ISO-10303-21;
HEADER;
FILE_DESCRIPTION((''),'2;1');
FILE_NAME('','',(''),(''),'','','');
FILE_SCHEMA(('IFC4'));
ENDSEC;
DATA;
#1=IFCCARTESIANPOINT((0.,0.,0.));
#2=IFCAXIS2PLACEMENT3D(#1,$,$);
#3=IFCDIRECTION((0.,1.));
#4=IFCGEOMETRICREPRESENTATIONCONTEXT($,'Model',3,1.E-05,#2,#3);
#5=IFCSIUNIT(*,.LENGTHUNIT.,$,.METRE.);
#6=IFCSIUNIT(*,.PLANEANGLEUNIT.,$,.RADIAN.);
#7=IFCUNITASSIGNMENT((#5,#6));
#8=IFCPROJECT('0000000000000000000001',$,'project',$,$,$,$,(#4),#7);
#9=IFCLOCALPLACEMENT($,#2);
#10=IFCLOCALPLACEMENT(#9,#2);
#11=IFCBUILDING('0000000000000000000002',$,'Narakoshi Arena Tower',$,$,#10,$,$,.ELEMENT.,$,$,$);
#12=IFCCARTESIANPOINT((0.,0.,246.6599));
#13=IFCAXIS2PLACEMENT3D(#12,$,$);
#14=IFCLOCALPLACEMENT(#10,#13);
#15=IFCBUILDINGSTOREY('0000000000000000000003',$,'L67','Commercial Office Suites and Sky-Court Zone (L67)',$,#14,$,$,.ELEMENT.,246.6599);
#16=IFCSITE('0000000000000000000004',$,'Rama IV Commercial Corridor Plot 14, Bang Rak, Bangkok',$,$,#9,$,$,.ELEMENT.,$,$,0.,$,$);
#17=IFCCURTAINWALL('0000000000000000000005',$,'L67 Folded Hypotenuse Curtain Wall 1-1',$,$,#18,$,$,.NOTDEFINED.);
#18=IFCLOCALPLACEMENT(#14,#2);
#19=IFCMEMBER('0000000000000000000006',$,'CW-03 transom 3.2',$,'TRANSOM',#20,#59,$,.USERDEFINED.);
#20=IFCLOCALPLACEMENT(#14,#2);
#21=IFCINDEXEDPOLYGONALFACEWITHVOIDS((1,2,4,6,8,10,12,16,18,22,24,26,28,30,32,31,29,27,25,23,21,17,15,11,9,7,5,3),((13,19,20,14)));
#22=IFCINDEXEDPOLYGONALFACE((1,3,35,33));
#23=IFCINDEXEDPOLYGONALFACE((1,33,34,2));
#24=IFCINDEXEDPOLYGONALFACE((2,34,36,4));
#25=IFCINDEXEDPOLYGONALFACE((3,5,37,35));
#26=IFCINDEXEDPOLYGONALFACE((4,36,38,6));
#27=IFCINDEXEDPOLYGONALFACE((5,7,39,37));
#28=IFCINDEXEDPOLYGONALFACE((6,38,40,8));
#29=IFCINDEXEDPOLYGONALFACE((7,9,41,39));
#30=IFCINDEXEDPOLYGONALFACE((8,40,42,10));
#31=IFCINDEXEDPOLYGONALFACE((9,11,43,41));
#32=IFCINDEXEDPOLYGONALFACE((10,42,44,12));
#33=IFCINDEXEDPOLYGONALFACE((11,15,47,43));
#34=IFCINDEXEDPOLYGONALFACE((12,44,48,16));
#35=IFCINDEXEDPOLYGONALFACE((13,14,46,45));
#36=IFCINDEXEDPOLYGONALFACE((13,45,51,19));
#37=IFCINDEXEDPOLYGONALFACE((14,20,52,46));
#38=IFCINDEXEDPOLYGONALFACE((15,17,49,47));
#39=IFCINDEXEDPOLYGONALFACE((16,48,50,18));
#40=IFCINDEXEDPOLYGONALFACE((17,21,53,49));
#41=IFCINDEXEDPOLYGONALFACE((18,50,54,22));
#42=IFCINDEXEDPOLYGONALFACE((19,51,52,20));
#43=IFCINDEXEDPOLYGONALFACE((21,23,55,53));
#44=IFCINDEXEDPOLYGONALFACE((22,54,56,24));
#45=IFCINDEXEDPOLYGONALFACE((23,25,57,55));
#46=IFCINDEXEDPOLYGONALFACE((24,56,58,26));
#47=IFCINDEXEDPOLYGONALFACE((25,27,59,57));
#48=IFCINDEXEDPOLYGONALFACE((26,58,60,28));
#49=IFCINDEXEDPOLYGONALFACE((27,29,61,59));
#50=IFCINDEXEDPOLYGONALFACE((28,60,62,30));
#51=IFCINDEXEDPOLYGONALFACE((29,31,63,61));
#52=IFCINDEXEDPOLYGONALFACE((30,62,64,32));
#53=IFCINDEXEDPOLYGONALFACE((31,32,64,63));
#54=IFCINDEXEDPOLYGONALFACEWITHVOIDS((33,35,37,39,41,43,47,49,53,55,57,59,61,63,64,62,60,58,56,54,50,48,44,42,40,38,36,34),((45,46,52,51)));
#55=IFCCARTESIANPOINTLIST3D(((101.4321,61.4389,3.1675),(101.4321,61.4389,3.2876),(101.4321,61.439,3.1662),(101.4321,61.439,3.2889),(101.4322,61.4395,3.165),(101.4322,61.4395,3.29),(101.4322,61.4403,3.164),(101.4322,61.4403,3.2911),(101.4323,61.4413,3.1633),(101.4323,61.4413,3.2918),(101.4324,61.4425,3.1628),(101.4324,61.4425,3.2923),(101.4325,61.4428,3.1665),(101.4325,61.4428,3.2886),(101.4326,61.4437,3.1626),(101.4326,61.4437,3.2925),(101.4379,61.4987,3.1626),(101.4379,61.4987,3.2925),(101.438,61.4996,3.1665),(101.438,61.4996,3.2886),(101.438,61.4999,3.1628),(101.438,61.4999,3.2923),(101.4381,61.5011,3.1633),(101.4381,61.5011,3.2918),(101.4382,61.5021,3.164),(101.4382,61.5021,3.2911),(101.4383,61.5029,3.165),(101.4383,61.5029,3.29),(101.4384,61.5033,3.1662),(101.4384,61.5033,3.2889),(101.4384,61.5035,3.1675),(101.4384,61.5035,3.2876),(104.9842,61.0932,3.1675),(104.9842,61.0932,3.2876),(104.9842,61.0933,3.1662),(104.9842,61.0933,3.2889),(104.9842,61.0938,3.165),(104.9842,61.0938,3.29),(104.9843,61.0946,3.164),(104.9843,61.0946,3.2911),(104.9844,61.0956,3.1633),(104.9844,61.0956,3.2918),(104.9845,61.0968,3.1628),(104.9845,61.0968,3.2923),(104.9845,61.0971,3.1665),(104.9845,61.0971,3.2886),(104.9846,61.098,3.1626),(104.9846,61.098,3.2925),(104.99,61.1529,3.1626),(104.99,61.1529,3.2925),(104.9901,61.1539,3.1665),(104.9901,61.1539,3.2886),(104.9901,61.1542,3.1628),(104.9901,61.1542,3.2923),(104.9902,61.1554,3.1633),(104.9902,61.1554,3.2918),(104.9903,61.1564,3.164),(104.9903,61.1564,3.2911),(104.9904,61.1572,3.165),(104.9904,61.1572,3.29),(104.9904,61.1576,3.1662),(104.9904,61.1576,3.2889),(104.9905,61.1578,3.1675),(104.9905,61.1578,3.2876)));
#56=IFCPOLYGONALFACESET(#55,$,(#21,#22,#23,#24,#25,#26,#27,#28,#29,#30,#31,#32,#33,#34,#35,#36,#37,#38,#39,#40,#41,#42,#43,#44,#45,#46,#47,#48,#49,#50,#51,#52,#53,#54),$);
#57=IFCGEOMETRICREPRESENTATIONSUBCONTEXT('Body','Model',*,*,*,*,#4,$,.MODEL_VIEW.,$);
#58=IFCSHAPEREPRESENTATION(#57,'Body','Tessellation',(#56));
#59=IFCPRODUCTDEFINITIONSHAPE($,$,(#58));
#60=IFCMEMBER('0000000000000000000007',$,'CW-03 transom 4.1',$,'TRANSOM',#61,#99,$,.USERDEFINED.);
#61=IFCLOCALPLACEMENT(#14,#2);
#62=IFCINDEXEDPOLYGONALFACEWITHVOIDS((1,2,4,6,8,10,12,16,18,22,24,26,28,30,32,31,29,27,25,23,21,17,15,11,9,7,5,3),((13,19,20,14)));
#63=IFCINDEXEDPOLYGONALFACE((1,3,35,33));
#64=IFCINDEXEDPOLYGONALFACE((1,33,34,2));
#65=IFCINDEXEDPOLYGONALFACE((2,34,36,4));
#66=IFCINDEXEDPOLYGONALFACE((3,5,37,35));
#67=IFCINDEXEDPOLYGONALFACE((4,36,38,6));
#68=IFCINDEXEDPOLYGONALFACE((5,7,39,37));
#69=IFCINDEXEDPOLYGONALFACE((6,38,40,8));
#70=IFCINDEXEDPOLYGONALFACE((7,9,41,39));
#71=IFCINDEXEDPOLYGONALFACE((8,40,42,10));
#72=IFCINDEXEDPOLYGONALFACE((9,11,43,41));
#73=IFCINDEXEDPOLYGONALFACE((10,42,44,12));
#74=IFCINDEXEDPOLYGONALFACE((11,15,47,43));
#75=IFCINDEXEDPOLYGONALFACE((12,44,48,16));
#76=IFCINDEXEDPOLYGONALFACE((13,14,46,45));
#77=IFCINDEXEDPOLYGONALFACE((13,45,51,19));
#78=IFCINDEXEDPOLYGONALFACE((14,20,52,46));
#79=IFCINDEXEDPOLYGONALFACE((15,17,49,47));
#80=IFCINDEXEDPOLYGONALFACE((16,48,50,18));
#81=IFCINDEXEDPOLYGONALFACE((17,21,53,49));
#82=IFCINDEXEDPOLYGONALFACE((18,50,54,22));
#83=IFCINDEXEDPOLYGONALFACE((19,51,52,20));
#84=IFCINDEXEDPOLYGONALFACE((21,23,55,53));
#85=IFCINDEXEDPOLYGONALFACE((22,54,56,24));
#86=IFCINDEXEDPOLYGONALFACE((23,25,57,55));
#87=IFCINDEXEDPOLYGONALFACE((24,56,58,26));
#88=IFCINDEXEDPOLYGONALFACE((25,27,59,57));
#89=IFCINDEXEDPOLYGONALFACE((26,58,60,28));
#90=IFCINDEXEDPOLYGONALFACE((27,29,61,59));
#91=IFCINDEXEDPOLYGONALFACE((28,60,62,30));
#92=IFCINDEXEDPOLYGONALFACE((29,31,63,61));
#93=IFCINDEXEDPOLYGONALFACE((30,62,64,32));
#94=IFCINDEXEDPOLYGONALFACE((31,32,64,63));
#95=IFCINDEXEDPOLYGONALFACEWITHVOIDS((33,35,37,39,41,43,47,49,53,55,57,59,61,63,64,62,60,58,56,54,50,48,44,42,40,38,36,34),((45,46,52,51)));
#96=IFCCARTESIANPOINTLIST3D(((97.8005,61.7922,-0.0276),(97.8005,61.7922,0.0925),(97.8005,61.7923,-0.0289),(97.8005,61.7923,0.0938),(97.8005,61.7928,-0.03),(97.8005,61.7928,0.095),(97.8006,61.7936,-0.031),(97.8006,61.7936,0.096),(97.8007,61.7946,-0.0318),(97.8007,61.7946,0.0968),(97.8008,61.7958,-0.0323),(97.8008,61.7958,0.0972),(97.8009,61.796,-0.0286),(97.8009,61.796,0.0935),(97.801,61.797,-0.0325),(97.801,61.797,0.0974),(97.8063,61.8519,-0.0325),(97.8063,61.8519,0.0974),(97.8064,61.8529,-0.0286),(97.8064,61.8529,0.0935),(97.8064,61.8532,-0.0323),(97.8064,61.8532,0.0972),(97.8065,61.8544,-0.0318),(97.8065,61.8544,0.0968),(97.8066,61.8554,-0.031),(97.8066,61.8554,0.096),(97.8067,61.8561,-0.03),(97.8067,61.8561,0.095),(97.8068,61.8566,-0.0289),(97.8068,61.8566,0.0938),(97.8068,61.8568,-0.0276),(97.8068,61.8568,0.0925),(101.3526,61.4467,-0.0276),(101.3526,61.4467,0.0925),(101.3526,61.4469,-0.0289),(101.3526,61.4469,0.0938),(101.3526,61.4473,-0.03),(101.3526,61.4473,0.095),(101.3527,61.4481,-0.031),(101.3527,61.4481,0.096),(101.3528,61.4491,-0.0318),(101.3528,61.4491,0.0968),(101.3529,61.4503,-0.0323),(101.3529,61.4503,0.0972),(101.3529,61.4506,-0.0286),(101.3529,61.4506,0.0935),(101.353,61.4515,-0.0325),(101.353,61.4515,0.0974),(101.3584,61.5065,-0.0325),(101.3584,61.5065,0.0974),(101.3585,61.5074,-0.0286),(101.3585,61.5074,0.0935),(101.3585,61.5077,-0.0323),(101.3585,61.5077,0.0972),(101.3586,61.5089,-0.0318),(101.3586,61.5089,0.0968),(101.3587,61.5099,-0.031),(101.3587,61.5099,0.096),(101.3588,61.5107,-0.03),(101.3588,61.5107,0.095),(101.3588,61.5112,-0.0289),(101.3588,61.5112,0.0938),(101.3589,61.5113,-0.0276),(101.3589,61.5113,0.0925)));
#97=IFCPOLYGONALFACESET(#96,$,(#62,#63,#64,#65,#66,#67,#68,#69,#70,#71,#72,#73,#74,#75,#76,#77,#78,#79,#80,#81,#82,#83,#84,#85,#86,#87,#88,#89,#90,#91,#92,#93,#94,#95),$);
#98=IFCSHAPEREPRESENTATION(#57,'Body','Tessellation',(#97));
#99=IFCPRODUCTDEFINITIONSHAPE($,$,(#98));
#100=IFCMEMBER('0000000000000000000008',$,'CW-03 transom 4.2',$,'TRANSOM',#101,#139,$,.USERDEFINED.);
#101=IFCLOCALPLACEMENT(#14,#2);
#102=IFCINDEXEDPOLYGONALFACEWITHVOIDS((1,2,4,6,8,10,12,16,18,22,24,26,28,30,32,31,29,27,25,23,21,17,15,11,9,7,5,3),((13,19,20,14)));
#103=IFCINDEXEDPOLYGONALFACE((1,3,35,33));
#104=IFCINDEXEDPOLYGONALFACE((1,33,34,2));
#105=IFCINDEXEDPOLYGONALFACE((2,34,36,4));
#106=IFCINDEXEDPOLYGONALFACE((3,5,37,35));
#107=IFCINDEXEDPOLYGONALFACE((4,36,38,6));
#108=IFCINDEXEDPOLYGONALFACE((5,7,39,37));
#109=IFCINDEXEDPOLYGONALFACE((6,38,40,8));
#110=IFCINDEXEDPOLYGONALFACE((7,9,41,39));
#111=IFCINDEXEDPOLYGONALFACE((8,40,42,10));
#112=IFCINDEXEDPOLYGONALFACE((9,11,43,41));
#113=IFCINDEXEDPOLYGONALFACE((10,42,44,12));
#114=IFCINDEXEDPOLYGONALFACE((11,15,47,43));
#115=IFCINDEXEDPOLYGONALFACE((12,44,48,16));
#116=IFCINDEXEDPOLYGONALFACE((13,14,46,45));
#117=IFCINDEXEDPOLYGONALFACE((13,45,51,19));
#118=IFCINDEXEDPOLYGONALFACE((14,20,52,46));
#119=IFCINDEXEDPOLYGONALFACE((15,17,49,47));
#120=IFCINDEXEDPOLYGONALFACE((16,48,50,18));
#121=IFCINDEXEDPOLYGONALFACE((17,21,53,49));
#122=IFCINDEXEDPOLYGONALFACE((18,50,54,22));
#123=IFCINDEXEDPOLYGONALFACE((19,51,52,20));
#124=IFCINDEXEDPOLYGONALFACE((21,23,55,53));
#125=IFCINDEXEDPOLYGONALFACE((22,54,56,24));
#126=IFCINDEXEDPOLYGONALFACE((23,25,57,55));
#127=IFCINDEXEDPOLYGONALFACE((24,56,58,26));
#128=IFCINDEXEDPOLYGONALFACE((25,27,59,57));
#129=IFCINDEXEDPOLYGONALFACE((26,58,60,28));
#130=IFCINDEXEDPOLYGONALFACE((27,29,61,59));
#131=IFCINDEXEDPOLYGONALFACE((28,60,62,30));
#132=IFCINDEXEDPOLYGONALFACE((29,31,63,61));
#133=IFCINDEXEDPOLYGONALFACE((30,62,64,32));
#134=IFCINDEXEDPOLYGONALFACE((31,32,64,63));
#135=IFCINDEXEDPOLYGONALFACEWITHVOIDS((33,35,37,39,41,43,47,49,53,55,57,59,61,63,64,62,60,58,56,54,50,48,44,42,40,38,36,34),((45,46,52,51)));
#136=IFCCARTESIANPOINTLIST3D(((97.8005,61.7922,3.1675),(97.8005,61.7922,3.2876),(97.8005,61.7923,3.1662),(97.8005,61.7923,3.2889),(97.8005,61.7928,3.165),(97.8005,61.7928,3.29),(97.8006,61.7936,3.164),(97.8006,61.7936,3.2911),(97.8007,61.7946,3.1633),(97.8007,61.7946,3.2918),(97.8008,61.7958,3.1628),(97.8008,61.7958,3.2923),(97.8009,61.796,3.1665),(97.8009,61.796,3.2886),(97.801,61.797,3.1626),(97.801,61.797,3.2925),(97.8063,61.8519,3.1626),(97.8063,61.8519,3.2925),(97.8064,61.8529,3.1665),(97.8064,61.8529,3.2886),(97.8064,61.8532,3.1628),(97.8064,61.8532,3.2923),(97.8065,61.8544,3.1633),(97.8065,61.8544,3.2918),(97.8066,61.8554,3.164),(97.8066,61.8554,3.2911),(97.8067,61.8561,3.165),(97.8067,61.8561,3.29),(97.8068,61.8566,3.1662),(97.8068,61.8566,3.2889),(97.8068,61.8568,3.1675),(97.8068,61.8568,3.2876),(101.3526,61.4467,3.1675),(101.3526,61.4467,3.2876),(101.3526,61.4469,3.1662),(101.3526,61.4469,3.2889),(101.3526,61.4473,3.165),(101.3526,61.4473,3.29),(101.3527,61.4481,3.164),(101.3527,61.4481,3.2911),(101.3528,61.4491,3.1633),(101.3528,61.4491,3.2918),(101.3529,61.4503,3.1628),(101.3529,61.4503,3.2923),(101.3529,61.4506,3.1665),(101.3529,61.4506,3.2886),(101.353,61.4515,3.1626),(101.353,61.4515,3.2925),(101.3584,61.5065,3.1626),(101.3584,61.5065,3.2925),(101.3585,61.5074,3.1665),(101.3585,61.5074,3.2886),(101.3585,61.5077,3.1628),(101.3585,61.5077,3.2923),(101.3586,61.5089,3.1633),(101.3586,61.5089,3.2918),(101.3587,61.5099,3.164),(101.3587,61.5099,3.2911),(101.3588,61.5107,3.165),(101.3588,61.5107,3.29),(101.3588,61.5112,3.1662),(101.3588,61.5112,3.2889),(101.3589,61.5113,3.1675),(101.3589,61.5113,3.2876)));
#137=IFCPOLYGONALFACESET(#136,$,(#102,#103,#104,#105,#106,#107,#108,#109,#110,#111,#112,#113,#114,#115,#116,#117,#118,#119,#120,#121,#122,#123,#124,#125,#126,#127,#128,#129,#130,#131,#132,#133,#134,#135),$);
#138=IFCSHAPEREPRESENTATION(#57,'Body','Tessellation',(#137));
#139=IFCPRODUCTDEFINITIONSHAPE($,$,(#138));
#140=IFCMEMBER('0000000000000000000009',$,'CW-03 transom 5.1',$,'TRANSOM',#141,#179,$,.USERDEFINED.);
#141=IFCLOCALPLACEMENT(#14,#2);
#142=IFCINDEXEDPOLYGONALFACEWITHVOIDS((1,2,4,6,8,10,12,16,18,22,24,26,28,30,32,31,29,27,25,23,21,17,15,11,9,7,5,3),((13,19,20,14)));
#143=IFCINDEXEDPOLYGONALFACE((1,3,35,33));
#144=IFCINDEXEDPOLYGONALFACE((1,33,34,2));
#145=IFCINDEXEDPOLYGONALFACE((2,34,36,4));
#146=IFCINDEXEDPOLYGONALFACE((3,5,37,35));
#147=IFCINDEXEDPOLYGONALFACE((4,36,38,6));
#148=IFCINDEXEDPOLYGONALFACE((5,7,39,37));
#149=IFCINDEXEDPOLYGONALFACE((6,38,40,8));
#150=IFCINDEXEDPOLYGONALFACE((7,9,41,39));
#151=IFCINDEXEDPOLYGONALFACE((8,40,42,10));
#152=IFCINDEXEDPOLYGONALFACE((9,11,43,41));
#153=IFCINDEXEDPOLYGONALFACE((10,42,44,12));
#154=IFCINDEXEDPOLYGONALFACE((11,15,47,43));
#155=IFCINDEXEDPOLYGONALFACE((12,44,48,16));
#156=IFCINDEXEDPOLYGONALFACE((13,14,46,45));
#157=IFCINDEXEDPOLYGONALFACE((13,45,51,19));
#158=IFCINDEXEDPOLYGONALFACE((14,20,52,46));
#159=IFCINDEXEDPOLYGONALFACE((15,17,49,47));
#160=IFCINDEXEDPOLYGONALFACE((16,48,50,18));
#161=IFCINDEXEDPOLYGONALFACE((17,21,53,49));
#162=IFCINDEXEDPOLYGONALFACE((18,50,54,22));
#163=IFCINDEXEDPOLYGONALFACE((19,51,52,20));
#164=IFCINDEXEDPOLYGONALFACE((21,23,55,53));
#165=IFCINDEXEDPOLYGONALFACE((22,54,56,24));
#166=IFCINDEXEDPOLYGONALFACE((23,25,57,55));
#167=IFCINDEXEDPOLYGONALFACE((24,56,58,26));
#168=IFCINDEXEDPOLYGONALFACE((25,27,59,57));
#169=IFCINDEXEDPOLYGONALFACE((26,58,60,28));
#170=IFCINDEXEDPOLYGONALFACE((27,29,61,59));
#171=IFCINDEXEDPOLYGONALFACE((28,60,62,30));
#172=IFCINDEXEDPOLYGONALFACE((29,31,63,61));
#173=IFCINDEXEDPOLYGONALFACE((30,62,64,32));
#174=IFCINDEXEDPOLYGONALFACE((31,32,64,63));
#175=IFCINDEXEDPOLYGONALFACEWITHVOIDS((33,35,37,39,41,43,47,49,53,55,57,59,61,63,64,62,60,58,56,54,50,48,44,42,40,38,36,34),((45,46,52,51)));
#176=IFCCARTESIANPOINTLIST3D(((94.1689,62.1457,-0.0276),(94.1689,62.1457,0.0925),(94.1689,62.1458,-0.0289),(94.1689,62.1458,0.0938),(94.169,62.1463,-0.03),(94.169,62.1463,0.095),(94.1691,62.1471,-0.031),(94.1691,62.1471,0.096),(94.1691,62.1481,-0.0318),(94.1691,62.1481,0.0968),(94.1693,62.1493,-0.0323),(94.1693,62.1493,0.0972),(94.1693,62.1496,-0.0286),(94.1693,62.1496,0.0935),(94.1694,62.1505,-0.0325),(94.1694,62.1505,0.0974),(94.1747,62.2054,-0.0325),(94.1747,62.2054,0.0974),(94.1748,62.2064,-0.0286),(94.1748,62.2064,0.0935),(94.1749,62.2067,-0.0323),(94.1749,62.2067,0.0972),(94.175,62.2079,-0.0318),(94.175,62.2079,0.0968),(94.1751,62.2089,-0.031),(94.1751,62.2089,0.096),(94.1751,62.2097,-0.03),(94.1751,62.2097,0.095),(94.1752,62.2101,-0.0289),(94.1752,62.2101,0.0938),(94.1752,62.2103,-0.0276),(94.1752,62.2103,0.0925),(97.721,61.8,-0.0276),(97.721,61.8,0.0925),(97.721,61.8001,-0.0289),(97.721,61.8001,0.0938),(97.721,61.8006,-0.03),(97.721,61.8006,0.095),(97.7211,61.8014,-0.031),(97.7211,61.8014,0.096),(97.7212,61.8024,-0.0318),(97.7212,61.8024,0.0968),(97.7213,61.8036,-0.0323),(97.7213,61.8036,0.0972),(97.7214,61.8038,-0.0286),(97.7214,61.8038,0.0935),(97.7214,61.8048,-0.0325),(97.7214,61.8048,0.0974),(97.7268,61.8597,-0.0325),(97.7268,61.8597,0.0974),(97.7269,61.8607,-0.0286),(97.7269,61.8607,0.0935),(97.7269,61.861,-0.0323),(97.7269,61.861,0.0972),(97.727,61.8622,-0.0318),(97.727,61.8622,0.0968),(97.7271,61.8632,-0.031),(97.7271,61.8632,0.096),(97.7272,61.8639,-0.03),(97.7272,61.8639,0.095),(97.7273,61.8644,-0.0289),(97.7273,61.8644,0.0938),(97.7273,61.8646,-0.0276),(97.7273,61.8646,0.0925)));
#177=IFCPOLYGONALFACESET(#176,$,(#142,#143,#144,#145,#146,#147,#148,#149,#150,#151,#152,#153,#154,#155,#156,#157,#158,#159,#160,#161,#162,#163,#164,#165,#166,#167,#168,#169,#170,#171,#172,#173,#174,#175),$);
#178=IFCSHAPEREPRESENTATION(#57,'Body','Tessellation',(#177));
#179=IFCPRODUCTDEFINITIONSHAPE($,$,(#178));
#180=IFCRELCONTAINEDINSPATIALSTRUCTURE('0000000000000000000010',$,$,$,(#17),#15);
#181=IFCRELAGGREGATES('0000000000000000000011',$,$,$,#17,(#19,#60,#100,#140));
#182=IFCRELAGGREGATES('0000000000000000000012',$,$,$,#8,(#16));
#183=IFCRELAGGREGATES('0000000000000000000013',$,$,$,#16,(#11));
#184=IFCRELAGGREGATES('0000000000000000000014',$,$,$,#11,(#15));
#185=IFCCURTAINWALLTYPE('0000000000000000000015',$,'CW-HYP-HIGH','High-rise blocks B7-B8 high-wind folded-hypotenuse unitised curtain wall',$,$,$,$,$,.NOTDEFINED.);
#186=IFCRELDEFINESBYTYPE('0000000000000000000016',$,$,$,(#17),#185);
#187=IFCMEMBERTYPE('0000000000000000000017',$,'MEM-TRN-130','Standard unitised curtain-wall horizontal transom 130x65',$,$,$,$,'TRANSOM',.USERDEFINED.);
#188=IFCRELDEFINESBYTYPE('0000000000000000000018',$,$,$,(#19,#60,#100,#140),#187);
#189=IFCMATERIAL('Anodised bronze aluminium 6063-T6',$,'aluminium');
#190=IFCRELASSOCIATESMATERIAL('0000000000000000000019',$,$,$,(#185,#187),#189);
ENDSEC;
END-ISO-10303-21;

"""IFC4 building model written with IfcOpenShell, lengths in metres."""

from ifc_helpers import new_model, si_unit, direction, frame, origin, origin_2d, place, context, subcontext, project, spatial, hollow_rectangle, extrude, material, material_profile, profile_set, type_object, element, aggregate, save


model = new_model("IFC4")

# Units and contexts
model_context = context("Model", 3, precision=1e-05, world=origin(), true_north=direction((0.0, 1.0)))
body_context = subcontext(model_context, "Body", "Model", "MODEL_VIEW")
ifc_project = project(units=[si_unit("LENGTHUNIT", "METRE"), si_unit("PLANEANGLEUNIT", "RADIAN")], contexts=[model_context])

# Site, building, storey
site_placement = place(None, origin())
site = spatial("IfcSite", under=ifc_project, at=site_placement, Name="Rama IV Commercial Corridor Plot 14, Bang Rak, Bangkok", CompositionType="ELEMENT", RefElevation=0.0)
building_placement = place(site_placement, origin())
building = spatial("IfcBuilding", under=site, at=building_placement, Name="Narakoshi Arena Tower", CompositionType="ELEMENT")
storey_placement = place(building_placement, frame((0.0, 0.0, 246.6599)))
storey = spatial("IfcBuildingStorey", under=building, at=storey_placement, Name="L67", Description="Commercial Office Suites and Sky-Court Zone (L67)", CompositionType="ELEMENT", Elevation=246.6599)

# Curtain wall, members
ifc_material_1 = material(Name="Anodised bronze aluminium 6063-T6", Category="aluminium")
curtain_wall_type = type_object("IfcCurtainWallType", Name="CW-HYP-HIGH", Description="High-rise blocks B7-B8 high-wind folded-hypotenuse unitised curtain wall", PredefinedType="NOTDEFINED", material=ifc_material_1)
curtain_wall_placement = place(storey_placement, origin())
curtain_wall = element("IfcCurtainWall", 1, at=curtain_wall_placement, inside=storey, type_object=curtain_wall_type, Name="L67 Folded Hypotenuse Curtain Wall 1-1", PredefinedType="NOTDEFINED")
ifc_material_profile_1 = material_profile(ifc_material_1, hollow_rectangle(XDim=0.0649, YDim=0.1299, WallThickness=0.0039, OuterFilletRadius=0.0049, at=origin_2d()), Name="TRN130x65x4")
ifc_profile_set_1 = profile_set([ifc_material_profile_1], Name="Anodised bronze aluminium 6063-T6")
member_type_1 = type_object("IfcMemberType", Name="MEM-TRN-130", Description="Standard unitised curtain-wall horizontal transom 130x65", ElementType="TRANSOM", PredefinedType="USERDEFINED", material=ifc_profile_set_1)
member_1_placement = place(storey_placement, frame((104.9873, 61.1255, 3.2275), z_axis=(-0.995297, 0.096869, 0.0), x_axis=(-0.096869, -0.995297, 0.0)))
member_1 = element("IfcMember", 2, at=member_1_placement, type_object=member_type_1, Name="CW-03 transom 3.2", ObjectType="TRANSOM", PredefinedType="USERDEFINED", context=body_context, shape_type="SweptSolid", body=[
    extrude(hollow_rectangle(XDim=0.0649, YDim=0.1299, WallThickness=0.0039, OuterFilletRadius=0.0049, at=origin_2d()), origin(), (0.0, 0.0, 1.0), 3.5688),
])
member_2_placement = place(storey_placement, frame((101.3557, 61.479, 0.0325), z_axis=(-0.995304, 0.096801, 0.0), x_axis=(-0.096801, -0.995304, 0.0)))
member_2 = element("IfcMember", 3, at=member_2_placement, type_object=member_type_1, Name="CW-03 transom 4.1", ObjectType="TRANSOM", PredefinedType="USERDEFINED", context=body_context, shape_type="SweptSolid", body=[
    extrude(hollow_rectangle(XDim=0.0649, YDim=0.1299, WallThickness=0.0039, OuterFilletRadius=0.0049, at=origin_2d()), origin(), (0.0, 0.0, 1.0), 3.5688),
])
member_3_placement = place(storey_placement, frame((101.3557, 61.479, 3.2275), z_axis=(-0.995304, 0.096801, 0.0), x_axis=(-0.096801, -0.995304, 0.0)))
member_3 = element("IfcMember", 4, at=member_3_placement, type_object=member_type_1, Name="CW-03 transom 4.2", ObjectType="TRANSOM", PredefinedType="USERDEFINED", context=body_context, shape_type="SweptSolid", body=[
    extrude(hollow_rectangle(XDim=0.0649, YDim=0.1299, WallThickness=0.0039, OuterFilletRadius=0.0049, at=origin_2d()), origin(), (0.0, 0.0, 1.0), 3.5688),
])
member_4_placement = place(storey_placement, frame((97.7241, 61.8323, 0.0325), z_axis=(-0.995297, 0.096869, 0.0), x_axis=(-0.096869, -0.995297, 0.0)))
member_4 = element("IfcMember", 5, at=member_4_placement, type_object=member_type_1, Name="CW-03 transom 5.1", ObjectType="TRANSOM", PredefinedType="USERDEFINED", context=body_context, shape_type="SweptSolid", body=[
    extrude(hollow_rectangle(XDim=0.0649, YDim=0.1299, WallThickness=0.0039, OuterFilletRadius=0.0049, at=origin_2d()), origin(), (0.0, 0.0, 1.0), 3.5688),
])
aggregate(curtain_wall, [member_1, member_2, member_3, member_4])

save(model, "model.ifc")
